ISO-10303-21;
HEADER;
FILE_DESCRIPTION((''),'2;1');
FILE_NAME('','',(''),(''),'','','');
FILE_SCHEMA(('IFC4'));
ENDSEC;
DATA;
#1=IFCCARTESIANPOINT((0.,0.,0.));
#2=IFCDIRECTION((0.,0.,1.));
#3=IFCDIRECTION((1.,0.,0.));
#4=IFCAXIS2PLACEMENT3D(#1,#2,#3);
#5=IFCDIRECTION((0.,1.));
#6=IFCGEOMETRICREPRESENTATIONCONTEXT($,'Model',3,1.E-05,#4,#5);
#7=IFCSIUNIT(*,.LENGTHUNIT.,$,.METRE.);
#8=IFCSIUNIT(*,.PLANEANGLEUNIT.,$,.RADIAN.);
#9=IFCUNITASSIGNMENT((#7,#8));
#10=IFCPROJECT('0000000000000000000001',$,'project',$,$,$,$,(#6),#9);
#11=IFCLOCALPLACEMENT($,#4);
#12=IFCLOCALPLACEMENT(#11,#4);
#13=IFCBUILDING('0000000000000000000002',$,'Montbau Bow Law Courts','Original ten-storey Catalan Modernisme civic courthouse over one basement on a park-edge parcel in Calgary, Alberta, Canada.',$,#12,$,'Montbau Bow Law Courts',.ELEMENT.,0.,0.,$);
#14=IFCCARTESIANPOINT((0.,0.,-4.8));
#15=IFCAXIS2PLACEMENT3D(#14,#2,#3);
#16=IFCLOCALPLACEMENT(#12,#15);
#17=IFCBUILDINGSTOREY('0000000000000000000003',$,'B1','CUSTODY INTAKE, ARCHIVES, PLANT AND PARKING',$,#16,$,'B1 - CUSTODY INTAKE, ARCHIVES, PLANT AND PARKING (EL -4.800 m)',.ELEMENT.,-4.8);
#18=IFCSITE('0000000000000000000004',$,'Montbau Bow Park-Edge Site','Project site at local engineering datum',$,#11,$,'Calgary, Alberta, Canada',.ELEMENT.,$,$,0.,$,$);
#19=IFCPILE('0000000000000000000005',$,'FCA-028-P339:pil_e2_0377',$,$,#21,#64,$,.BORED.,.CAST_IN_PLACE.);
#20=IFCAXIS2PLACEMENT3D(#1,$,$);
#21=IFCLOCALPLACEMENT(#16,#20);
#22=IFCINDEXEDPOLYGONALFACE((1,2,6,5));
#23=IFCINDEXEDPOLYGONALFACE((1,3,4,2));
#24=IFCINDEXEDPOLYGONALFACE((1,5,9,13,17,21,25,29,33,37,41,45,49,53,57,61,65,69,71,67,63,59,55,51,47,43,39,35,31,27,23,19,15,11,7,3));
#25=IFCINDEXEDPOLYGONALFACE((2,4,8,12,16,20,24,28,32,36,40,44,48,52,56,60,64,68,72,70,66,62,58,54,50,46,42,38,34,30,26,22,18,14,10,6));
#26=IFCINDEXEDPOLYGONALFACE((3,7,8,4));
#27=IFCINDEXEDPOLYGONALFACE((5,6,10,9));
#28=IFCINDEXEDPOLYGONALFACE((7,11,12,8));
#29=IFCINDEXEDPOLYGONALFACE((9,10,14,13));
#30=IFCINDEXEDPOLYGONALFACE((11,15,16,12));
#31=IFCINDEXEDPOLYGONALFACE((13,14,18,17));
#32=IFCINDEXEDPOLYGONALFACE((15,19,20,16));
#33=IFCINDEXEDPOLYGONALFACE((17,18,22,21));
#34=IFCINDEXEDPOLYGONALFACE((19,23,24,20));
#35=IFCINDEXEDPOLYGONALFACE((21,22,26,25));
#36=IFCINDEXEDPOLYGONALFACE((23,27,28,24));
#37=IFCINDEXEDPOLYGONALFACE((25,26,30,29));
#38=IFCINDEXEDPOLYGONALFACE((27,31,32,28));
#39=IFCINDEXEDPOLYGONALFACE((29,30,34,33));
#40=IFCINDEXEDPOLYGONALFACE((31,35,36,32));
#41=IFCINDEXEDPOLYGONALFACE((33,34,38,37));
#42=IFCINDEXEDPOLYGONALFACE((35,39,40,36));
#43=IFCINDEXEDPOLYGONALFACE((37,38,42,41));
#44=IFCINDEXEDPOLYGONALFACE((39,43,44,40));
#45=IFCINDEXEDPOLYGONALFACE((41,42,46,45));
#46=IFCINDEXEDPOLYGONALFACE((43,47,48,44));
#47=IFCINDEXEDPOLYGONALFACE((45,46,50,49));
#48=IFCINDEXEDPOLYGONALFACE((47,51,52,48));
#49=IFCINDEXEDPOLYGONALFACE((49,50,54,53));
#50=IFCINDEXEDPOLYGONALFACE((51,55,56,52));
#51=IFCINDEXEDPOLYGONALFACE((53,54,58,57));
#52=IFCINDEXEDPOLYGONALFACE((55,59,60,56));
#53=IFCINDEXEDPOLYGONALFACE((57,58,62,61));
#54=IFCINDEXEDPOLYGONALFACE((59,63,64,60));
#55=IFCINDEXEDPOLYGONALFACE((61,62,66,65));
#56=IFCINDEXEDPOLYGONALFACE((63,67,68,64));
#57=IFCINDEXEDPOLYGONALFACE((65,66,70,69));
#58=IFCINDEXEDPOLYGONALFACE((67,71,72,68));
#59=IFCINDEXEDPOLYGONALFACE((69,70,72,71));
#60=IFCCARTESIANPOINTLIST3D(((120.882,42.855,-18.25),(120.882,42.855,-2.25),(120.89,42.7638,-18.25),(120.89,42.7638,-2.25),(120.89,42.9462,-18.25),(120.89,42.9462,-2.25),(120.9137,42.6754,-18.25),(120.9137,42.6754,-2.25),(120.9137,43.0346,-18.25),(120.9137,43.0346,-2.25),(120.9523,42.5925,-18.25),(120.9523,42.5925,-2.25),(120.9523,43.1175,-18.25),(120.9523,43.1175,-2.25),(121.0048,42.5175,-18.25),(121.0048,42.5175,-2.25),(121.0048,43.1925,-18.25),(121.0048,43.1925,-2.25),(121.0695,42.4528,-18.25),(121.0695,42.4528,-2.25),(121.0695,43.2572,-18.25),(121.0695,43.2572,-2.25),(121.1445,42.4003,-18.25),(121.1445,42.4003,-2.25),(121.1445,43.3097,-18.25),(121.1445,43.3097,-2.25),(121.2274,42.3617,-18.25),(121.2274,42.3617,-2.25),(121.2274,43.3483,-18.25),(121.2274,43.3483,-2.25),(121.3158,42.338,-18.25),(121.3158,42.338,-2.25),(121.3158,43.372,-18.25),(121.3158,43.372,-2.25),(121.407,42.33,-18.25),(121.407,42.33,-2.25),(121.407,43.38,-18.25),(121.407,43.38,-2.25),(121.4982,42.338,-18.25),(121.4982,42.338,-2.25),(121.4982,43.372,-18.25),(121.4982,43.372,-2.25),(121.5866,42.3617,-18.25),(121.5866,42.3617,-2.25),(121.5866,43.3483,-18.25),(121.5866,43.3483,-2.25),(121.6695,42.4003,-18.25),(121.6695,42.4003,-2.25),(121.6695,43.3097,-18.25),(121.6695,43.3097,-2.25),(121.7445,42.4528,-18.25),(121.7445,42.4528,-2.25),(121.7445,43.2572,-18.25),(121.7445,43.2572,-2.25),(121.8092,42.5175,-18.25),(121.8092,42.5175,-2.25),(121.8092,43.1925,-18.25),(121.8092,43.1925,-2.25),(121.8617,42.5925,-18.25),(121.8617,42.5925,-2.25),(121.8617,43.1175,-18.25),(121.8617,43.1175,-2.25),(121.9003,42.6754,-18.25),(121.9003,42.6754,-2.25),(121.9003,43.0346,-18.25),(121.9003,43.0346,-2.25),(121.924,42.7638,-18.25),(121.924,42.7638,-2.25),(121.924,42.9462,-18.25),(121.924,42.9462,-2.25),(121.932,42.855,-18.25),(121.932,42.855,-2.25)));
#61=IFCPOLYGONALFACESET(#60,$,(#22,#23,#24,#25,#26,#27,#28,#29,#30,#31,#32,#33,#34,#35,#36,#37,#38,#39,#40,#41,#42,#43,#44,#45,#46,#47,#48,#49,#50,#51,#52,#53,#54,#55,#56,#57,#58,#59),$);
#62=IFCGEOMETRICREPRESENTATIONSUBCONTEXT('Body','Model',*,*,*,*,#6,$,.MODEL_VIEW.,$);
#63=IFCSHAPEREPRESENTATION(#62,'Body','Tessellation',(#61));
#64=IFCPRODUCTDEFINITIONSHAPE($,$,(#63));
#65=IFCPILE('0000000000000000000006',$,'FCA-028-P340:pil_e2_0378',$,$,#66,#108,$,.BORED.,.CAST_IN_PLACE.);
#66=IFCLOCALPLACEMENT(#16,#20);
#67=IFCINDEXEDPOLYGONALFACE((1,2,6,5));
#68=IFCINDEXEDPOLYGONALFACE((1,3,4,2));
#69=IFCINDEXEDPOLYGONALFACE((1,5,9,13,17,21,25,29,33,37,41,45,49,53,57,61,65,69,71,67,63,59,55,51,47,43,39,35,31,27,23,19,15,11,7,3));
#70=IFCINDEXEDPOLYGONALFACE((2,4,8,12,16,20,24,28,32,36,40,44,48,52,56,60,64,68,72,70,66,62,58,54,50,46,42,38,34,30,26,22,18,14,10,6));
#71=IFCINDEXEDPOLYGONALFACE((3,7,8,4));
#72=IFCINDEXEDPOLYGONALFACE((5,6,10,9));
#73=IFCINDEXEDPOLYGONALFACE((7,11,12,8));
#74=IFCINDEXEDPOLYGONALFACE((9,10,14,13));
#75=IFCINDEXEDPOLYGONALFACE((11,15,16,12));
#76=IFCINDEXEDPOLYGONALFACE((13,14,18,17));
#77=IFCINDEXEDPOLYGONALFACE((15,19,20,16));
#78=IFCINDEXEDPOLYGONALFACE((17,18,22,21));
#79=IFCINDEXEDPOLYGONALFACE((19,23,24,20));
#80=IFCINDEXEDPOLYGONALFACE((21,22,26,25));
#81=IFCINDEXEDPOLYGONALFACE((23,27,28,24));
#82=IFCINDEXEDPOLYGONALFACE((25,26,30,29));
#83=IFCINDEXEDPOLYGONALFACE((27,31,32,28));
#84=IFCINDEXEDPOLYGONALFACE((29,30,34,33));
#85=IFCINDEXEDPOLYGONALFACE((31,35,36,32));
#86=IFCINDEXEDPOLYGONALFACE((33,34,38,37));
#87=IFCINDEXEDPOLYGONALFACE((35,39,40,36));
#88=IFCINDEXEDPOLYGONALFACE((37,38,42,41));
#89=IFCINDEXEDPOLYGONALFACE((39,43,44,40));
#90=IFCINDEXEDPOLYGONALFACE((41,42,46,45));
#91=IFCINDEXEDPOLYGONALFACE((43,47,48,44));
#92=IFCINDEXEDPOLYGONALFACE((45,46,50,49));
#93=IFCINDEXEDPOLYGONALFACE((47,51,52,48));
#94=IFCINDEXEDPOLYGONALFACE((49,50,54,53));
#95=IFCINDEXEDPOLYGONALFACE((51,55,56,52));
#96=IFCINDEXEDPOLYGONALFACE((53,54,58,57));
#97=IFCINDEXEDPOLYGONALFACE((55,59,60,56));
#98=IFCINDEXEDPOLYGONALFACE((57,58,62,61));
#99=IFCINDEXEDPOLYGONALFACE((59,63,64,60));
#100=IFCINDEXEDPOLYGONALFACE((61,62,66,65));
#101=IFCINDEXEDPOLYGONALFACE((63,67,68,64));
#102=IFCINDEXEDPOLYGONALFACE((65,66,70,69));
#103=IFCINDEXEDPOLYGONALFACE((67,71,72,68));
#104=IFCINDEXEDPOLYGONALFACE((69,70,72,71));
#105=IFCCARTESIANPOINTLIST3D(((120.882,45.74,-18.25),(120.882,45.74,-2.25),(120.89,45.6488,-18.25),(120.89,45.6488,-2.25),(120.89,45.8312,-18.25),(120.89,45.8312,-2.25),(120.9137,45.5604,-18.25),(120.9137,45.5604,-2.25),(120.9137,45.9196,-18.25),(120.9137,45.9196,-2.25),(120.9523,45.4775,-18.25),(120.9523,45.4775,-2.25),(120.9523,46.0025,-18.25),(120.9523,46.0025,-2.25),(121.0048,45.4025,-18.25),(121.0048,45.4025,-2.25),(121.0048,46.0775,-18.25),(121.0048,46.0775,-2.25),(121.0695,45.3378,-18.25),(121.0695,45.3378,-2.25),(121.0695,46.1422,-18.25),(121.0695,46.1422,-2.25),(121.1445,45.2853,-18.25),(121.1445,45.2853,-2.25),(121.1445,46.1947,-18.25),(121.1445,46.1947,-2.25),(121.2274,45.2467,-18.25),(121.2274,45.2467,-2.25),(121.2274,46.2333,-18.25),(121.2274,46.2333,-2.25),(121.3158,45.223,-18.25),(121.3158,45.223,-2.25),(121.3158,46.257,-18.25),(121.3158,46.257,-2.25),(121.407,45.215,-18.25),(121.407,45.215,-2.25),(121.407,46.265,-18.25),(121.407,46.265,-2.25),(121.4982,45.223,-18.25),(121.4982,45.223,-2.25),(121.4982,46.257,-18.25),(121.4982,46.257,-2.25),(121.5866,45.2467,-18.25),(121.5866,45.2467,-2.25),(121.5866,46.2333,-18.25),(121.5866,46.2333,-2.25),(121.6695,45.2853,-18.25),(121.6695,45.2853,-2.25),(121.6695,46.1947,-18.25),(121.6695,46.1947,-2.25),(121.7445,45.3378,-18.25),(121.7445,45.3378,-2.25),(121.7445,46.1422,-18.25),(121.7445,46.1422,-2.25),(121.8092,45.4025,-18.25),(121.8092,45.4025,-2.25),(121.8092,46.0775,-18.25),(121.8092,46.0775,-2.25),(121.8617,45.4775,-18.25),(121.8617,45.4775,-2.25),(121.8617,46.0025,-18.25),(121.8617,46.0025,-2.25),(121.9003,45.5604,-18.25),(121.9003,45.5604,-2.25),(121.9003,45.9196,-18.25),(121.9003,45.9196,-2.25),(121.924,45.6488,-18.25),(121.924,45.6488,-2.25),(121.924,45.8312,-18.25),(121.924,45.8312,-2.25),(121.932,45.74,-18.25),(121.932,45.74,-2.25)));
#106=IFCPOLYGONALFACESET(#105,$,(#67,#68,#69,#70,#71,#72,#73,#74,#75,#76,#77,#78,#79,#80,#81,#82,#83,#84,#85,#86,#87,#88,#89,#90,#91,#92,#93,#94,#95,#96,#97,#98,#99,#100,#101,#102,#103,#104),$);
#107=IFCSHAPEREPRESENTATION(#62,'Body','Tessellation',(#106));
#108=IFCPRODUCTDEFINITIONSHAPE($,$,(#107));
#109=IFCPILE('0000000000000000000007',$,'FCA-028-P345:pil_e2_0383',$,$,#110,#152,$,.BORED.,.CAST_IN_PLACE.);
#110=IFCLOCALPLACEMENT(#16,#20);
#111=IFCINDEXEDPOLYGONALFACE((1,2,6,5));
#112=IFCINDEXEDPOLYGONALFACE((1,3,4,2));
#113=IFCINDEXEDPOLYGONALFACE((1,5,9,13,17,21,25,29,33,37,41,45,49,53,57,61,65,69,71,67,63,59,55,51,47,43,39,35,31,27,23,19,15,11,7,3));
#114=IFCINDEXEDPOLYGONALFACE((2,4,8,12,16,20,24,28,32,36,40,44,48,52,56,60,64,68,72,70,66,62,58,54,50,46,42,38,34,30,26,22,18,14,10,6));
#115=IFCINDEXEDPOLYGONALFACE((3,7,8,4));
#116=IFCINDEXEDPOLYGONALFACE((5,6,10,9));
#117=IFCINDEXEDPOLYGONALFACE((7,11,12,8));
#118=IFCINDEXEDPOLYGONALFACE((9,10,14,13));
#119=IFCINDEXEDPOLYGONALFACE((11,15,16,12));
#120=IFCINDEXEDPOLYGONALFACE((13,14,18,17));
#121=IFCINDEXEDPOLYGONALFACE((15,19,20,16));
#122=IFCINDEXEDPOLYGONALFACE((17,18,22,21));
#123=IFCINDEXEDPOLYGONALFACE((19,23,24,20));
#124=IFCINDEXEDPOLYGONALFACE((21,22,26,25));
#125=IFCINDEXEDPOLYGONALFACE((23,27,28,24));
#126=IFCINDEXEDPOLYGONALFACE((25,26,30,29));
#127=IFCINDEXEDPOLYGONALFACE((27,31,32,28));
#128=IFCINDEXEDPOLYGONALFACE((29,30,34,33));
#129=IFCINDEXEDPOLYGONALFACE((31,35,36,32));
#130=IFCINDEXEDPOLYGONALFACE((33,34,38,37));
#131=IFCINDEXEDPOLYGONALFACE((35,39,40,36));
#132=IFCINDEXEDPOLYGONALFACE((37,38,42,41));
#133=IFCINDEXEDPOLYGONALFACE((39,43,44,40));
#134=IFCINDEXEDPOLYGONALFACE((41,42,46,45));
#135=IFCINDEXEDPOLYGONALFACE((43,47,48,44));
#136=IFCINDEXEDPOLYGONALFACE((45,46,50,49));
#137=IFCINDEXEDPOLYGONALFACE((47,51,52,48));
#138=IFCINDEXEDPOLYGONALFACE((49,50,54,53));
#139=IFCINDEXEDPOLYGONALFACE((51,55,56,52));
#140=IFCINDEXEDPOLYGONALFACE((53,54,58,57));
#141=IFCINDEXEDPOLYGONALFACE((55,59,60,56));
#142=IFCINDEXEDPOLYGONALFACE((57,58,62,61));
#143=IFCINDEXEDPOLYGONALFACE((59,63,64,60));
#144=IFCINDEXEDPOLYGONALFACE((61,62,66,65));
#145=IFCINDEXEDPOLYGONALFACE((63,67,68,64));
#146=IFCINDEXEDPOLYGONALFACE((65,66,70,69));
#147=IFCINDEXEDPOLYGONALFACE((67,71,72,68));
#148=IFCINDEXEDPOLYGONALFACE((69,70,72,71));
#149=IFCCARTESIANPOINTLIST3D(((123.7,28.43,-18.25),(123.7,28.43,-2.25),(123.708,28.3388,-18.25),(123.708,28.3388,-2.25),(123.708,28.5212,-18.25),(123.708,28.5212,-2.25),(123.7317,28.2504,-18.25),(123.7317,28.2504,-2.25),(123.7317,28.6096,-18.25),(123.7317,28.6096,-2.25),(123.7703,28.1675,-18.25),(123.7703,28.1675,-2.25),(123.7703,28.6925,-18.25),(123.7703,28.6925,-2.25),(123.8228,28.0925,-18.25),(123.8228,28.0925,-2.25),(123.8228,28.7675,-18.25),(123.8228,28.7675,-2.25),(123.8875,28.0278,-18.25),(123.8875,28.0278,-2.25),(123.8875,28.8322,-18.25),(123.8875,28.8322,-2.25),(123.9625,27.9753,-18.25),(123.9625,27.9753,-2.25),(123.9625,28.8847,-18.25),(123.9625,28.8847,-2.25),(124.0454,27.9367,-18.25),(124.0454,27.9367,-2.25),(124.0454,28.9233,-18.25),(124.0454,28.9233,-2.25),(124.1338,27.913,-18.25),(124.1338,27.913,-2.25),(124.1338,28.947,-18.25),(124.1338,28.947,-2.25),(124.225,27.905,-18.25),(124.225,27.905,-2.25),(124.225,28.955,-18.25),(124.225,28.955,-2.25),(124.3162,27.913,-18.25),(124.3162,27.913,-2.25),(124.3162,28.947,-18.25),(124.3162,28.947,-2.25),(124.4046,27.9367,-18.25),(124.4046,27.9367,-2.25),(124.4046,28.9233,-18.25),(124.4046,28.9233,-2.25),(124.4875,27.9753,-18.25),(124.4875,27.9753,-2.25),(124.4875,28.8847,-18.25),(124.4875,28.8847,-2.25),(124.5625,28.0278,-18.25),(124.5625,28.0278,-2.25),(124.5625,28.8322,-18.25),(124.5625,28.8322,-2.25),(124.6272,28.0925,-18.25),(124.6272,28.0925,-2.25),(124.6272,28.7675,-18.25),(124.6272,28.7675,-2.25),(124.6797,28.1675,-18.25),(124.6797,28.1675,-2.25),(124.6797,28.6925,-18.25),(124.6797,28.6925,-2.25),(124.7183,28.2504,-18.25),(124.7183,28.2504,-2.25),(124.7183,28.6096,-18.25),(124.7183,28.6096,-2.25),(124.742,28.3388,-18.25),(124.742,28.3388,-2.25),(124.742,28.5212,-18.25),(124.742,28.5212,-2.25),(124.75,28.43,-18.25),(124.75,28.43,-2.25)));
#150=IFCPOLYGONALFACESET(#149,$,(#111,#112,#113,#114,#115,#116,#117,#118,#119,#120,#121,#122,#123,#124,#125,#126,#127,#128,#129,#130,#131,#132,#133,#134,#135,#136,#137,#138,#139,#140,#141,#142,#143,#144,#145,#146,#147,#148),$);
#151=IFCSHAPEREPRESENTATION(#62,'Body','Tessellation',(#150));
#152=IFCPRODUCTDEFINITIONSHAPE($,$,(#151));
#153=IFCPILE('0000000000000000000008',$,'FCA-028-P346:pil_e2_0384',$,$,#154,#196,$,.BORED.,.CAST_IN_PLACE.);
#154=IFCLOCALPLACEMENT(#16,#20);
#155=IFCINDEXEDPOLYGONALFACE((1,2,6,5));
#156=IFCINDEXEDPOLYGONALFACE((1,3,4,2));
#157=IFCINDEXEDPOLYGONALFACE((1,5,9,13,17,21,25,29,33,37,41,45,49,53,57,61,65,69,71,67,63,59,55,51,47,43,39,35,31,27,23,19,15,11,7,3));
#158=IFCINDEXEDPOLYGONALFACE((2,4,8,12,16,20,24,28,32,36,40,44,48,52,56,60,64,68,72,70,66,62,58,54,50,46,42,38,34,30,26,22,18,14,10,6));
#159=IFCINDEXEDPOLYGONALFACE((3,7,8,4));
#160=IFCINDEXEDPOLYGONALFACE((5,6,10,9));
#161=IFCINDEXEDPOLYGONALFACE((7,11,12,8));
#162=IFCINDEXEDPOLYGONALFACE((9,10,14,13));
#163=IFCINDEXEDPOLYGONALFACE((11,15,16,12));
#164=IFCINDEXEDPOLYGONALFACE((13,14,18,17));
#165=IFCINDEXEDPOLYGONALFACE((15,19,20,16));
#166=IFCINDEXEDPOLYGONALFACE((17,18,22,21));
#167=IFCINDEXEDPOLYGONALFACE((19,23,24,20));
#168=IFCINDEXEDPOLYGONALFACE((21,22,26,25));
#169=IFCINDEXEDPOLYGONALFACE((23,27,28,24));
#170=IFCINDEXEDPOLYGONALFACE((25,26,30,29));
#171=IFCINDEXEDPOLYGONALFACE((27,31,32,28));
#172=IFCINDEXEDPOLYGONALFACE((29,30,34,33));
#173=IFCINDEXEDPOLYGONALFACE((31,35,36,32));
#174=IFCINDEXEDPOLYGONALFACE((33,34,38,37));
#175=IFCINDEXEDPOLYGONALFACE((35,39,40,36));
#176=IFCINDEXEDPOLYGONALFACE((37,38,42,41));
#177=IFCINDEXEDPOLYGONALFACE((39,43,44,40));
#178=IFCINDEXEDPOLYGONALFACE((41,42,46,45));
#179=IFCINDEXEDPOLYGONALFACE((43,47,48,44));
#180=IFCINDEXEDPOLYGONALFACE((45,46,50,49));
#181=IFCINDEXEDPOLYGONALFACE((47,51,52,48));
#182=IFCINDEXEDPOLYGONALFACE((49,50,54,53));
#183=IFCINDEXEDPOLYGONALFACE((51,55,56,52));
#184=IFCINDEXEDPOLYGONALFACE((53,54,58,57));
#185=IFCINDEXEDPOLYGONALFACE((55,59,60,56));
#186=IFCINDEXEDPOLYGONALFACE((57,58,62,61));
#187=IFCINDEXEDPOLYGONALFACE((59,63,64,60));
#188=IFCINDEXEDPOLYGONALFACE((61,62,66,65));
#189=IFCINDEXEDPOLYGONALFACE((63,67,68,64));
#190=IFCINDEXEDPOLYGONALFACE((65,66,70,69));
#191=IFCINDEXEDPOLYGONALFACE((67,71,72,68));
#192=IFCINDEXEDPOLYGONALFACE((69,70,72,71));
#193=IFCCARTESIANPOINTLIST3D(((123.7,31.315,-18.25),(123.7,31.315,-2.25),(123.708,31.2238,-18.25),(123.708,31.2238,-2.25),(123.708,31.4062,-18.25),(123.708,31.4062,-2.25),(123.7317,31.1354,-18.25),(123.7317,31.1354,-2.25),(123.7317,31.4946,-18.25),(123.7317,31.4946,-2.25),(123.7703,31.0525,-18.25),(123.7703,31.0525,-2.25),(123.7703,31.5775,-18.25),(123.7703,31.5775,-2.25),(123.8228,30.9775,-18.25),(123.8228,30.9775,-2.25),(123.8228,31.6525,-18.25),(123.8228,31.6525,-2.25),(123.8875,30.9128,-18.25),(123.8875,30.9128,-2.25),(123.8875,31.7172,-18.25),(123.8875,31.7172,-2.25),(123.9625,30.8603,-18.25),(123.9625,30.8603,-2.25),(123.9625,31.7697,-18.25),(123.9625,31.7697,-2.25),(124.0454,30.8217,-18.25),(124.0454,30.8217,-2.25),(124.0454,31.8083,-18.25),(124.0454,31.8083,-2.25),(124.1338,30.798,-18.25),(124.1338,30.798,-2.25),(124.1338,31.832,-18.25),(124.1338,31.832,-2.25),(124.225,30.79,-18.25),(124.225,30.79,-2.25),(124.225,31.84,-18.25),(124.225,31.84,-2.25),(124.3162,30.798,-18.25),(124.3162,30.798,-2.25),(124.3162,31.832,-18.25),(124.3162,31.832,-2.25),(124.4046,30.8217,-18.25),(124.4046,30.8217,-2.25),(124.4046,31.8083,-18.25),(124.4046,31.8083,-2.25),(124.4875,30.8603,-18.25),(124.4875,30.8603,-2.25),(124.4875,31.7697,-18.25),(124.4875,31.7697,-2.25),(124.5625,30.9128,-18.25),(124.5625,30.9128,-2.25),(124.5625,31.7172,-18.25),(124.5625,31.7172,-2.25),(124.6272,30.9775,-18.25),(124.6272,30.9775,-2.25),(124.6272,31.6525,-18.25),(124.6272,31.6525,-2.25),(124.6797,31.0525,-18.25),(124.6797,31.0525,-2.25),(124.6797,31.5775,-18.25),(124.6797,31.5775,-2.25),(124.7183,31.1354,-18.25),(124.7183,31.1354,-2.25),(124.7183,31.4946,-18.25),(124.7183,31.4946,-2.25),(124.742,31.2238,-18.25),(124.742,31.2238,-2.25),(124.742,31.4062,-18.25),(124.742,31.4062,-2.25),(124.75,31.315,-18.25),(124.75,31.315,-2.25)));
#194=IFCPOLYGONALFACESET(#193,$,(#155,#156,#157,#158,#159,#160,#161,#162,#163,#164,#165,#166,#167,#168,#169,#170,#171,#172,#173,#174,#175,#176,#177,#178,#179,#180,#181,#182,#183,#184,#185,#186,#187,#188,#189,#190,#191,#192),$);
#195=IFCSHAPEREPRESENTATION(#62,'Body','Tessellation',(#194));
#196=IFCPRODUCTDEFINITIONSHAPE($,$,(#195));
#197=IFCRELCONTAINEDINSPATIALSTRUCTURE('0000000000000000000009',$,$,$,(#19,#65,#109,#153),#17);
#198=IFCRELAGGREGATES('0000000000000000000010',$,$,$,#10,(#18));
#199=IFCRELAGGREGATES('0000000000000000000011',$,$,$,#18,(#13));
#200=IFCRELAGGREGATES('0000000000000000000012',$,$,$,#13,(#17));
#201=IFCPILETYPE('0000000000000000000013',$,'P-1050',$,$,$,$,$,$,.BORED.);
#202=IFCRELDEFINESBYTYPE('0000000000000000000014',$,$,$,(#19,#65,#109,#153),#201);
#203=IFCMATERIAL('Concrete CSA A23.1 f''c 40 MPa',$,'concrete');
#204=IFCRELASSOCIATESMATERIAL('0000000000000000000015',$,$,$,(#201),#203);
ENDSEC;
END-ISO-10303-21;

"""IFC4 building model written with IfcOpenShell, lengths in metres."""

from ifc_helpers import new_model, si_unit, direction, frame, origin_with_axes, origin_2d_with_axis, place, context, subcontext, project, spatial, circle, extrude, material, material_profile, profile_set, type_object, element, save


model = new_model("IFC4")

# Units and contexts
model_context = context("Model", 3, precision=1e-05, world=origin_with_axes(), true_north=direction((0.0, 1.0)))
body_context = subcontext(model_context, "Body", "Model", "MODEL_VIEW")
ifc_project = project(units=[si_unit("LENGTHUNIT", "METRE"), si_unit("PLANEANGLEUNIT", "RADIAN")], contexts=[model_context])

# Site, building, storey
site_placement = place(None, origin_with_axes())
site = spatial("IfcSite", under=ifc_project, at=site_placement, Name="Montbau Bow Park-Edge Site", Description="Project site at local engineering datum", LongName="Calgary, Alberta, Canada", CompositionType="ELEMENT", RefElevation=0.0)
building_placement = place(site_placement, origin_with_axes())
building = spatial("IfcBuilding", under=site, at=building_placement, Name="Montbau Bow Law Courts", Description="Original ten-storey Catalan Modernisme civic courthouse over one basement on a park-edge parcel in Calgary, Alberta, Canada.", LongName="Montbau Bow Law Courts", CompositionType="ELEMENT", ElevationOfRefHeight=0.0, ElevationOfTerrain=0.0)
storey_placement = place(building_placement, frame((0.0, 0.0, -4.8), z_axis=(0.0, 0.0, 1.0), x_axis=(1.0, 0.0, 0.0)))
storey = spatial("IfcBuildingStorey", under=building, at=storey_placement, Name="B1", Description="CUSTODY INTAKE, ARCHIVES, PLANT AND PARKING", LongName="B1 - CUSTODY INTAKE, ARCHIVES, PLANT AND PARKING (EL -4.800 m)", CompositionType="ELEMENT", Elevation=-4.8)

# Piles
ifc_material = material(Name="Concrete CSA A23.1 f'c 40 MPa", Category="concrete")
ifc_material_profile_1 = material_profile(ifc_material, circle(Radius=0.525, at=origin_2d_with_axis()), Name="BP1050", Category="Main", Priority=0)
ifc_profile_set_1 = profile_set([ifc_material_profile_1], Name="Concrete CSA A23.1 f'c 40 MPa")
pile_type_1 = type_object("IfcPileType", Name="P-1050", PredefinedType="BORED", material=ifc_profile_set_1)
for number, where, z_axis, x_axis, name in (
    (1, (121.407, 42.855, -23.05), (0.0, 0.0, 1.0), (1.0, 0.0, 0.0), "FCA-028-P339:pil_e2_0377"),
    (2, (121.407, 45.74, -23.05), (0.0, 0.0, 1.0), (1.0, 0.0, 0.0), "FCA-028-P340:pil_e2_0378"),
    (3, (124.225, 28.43, -23.05), (0.0, 0.0, 1.0), (1.0, 0.0, 0.0), "FCA-028-P345:pil_e2_0383"),
    (4, (124.225, 31.315, -23.05), (0.0, 0.0, 1.0), (1.0, 0.0, 0.0), "FCA-028-P346:pil_e2_0384"),
):
    element("IfcPile", number, at=place(None, frame(where, z_axis=z_axis, x_axis=x_axis)), inside=storey, type_object=pile_type_1, Name=name, ConstructionType="CAST_IN_PLACE", PredefinedType="BORED", context=body_context, shape_type="SweptSolid", body=[
        extrude(circle(Radius=0.525, at=origin_2d_with_axis()), origin_with_axes(), (0.0, 0.0, 1.0), 16.0),
    ])

save(model, "model.ifc")
